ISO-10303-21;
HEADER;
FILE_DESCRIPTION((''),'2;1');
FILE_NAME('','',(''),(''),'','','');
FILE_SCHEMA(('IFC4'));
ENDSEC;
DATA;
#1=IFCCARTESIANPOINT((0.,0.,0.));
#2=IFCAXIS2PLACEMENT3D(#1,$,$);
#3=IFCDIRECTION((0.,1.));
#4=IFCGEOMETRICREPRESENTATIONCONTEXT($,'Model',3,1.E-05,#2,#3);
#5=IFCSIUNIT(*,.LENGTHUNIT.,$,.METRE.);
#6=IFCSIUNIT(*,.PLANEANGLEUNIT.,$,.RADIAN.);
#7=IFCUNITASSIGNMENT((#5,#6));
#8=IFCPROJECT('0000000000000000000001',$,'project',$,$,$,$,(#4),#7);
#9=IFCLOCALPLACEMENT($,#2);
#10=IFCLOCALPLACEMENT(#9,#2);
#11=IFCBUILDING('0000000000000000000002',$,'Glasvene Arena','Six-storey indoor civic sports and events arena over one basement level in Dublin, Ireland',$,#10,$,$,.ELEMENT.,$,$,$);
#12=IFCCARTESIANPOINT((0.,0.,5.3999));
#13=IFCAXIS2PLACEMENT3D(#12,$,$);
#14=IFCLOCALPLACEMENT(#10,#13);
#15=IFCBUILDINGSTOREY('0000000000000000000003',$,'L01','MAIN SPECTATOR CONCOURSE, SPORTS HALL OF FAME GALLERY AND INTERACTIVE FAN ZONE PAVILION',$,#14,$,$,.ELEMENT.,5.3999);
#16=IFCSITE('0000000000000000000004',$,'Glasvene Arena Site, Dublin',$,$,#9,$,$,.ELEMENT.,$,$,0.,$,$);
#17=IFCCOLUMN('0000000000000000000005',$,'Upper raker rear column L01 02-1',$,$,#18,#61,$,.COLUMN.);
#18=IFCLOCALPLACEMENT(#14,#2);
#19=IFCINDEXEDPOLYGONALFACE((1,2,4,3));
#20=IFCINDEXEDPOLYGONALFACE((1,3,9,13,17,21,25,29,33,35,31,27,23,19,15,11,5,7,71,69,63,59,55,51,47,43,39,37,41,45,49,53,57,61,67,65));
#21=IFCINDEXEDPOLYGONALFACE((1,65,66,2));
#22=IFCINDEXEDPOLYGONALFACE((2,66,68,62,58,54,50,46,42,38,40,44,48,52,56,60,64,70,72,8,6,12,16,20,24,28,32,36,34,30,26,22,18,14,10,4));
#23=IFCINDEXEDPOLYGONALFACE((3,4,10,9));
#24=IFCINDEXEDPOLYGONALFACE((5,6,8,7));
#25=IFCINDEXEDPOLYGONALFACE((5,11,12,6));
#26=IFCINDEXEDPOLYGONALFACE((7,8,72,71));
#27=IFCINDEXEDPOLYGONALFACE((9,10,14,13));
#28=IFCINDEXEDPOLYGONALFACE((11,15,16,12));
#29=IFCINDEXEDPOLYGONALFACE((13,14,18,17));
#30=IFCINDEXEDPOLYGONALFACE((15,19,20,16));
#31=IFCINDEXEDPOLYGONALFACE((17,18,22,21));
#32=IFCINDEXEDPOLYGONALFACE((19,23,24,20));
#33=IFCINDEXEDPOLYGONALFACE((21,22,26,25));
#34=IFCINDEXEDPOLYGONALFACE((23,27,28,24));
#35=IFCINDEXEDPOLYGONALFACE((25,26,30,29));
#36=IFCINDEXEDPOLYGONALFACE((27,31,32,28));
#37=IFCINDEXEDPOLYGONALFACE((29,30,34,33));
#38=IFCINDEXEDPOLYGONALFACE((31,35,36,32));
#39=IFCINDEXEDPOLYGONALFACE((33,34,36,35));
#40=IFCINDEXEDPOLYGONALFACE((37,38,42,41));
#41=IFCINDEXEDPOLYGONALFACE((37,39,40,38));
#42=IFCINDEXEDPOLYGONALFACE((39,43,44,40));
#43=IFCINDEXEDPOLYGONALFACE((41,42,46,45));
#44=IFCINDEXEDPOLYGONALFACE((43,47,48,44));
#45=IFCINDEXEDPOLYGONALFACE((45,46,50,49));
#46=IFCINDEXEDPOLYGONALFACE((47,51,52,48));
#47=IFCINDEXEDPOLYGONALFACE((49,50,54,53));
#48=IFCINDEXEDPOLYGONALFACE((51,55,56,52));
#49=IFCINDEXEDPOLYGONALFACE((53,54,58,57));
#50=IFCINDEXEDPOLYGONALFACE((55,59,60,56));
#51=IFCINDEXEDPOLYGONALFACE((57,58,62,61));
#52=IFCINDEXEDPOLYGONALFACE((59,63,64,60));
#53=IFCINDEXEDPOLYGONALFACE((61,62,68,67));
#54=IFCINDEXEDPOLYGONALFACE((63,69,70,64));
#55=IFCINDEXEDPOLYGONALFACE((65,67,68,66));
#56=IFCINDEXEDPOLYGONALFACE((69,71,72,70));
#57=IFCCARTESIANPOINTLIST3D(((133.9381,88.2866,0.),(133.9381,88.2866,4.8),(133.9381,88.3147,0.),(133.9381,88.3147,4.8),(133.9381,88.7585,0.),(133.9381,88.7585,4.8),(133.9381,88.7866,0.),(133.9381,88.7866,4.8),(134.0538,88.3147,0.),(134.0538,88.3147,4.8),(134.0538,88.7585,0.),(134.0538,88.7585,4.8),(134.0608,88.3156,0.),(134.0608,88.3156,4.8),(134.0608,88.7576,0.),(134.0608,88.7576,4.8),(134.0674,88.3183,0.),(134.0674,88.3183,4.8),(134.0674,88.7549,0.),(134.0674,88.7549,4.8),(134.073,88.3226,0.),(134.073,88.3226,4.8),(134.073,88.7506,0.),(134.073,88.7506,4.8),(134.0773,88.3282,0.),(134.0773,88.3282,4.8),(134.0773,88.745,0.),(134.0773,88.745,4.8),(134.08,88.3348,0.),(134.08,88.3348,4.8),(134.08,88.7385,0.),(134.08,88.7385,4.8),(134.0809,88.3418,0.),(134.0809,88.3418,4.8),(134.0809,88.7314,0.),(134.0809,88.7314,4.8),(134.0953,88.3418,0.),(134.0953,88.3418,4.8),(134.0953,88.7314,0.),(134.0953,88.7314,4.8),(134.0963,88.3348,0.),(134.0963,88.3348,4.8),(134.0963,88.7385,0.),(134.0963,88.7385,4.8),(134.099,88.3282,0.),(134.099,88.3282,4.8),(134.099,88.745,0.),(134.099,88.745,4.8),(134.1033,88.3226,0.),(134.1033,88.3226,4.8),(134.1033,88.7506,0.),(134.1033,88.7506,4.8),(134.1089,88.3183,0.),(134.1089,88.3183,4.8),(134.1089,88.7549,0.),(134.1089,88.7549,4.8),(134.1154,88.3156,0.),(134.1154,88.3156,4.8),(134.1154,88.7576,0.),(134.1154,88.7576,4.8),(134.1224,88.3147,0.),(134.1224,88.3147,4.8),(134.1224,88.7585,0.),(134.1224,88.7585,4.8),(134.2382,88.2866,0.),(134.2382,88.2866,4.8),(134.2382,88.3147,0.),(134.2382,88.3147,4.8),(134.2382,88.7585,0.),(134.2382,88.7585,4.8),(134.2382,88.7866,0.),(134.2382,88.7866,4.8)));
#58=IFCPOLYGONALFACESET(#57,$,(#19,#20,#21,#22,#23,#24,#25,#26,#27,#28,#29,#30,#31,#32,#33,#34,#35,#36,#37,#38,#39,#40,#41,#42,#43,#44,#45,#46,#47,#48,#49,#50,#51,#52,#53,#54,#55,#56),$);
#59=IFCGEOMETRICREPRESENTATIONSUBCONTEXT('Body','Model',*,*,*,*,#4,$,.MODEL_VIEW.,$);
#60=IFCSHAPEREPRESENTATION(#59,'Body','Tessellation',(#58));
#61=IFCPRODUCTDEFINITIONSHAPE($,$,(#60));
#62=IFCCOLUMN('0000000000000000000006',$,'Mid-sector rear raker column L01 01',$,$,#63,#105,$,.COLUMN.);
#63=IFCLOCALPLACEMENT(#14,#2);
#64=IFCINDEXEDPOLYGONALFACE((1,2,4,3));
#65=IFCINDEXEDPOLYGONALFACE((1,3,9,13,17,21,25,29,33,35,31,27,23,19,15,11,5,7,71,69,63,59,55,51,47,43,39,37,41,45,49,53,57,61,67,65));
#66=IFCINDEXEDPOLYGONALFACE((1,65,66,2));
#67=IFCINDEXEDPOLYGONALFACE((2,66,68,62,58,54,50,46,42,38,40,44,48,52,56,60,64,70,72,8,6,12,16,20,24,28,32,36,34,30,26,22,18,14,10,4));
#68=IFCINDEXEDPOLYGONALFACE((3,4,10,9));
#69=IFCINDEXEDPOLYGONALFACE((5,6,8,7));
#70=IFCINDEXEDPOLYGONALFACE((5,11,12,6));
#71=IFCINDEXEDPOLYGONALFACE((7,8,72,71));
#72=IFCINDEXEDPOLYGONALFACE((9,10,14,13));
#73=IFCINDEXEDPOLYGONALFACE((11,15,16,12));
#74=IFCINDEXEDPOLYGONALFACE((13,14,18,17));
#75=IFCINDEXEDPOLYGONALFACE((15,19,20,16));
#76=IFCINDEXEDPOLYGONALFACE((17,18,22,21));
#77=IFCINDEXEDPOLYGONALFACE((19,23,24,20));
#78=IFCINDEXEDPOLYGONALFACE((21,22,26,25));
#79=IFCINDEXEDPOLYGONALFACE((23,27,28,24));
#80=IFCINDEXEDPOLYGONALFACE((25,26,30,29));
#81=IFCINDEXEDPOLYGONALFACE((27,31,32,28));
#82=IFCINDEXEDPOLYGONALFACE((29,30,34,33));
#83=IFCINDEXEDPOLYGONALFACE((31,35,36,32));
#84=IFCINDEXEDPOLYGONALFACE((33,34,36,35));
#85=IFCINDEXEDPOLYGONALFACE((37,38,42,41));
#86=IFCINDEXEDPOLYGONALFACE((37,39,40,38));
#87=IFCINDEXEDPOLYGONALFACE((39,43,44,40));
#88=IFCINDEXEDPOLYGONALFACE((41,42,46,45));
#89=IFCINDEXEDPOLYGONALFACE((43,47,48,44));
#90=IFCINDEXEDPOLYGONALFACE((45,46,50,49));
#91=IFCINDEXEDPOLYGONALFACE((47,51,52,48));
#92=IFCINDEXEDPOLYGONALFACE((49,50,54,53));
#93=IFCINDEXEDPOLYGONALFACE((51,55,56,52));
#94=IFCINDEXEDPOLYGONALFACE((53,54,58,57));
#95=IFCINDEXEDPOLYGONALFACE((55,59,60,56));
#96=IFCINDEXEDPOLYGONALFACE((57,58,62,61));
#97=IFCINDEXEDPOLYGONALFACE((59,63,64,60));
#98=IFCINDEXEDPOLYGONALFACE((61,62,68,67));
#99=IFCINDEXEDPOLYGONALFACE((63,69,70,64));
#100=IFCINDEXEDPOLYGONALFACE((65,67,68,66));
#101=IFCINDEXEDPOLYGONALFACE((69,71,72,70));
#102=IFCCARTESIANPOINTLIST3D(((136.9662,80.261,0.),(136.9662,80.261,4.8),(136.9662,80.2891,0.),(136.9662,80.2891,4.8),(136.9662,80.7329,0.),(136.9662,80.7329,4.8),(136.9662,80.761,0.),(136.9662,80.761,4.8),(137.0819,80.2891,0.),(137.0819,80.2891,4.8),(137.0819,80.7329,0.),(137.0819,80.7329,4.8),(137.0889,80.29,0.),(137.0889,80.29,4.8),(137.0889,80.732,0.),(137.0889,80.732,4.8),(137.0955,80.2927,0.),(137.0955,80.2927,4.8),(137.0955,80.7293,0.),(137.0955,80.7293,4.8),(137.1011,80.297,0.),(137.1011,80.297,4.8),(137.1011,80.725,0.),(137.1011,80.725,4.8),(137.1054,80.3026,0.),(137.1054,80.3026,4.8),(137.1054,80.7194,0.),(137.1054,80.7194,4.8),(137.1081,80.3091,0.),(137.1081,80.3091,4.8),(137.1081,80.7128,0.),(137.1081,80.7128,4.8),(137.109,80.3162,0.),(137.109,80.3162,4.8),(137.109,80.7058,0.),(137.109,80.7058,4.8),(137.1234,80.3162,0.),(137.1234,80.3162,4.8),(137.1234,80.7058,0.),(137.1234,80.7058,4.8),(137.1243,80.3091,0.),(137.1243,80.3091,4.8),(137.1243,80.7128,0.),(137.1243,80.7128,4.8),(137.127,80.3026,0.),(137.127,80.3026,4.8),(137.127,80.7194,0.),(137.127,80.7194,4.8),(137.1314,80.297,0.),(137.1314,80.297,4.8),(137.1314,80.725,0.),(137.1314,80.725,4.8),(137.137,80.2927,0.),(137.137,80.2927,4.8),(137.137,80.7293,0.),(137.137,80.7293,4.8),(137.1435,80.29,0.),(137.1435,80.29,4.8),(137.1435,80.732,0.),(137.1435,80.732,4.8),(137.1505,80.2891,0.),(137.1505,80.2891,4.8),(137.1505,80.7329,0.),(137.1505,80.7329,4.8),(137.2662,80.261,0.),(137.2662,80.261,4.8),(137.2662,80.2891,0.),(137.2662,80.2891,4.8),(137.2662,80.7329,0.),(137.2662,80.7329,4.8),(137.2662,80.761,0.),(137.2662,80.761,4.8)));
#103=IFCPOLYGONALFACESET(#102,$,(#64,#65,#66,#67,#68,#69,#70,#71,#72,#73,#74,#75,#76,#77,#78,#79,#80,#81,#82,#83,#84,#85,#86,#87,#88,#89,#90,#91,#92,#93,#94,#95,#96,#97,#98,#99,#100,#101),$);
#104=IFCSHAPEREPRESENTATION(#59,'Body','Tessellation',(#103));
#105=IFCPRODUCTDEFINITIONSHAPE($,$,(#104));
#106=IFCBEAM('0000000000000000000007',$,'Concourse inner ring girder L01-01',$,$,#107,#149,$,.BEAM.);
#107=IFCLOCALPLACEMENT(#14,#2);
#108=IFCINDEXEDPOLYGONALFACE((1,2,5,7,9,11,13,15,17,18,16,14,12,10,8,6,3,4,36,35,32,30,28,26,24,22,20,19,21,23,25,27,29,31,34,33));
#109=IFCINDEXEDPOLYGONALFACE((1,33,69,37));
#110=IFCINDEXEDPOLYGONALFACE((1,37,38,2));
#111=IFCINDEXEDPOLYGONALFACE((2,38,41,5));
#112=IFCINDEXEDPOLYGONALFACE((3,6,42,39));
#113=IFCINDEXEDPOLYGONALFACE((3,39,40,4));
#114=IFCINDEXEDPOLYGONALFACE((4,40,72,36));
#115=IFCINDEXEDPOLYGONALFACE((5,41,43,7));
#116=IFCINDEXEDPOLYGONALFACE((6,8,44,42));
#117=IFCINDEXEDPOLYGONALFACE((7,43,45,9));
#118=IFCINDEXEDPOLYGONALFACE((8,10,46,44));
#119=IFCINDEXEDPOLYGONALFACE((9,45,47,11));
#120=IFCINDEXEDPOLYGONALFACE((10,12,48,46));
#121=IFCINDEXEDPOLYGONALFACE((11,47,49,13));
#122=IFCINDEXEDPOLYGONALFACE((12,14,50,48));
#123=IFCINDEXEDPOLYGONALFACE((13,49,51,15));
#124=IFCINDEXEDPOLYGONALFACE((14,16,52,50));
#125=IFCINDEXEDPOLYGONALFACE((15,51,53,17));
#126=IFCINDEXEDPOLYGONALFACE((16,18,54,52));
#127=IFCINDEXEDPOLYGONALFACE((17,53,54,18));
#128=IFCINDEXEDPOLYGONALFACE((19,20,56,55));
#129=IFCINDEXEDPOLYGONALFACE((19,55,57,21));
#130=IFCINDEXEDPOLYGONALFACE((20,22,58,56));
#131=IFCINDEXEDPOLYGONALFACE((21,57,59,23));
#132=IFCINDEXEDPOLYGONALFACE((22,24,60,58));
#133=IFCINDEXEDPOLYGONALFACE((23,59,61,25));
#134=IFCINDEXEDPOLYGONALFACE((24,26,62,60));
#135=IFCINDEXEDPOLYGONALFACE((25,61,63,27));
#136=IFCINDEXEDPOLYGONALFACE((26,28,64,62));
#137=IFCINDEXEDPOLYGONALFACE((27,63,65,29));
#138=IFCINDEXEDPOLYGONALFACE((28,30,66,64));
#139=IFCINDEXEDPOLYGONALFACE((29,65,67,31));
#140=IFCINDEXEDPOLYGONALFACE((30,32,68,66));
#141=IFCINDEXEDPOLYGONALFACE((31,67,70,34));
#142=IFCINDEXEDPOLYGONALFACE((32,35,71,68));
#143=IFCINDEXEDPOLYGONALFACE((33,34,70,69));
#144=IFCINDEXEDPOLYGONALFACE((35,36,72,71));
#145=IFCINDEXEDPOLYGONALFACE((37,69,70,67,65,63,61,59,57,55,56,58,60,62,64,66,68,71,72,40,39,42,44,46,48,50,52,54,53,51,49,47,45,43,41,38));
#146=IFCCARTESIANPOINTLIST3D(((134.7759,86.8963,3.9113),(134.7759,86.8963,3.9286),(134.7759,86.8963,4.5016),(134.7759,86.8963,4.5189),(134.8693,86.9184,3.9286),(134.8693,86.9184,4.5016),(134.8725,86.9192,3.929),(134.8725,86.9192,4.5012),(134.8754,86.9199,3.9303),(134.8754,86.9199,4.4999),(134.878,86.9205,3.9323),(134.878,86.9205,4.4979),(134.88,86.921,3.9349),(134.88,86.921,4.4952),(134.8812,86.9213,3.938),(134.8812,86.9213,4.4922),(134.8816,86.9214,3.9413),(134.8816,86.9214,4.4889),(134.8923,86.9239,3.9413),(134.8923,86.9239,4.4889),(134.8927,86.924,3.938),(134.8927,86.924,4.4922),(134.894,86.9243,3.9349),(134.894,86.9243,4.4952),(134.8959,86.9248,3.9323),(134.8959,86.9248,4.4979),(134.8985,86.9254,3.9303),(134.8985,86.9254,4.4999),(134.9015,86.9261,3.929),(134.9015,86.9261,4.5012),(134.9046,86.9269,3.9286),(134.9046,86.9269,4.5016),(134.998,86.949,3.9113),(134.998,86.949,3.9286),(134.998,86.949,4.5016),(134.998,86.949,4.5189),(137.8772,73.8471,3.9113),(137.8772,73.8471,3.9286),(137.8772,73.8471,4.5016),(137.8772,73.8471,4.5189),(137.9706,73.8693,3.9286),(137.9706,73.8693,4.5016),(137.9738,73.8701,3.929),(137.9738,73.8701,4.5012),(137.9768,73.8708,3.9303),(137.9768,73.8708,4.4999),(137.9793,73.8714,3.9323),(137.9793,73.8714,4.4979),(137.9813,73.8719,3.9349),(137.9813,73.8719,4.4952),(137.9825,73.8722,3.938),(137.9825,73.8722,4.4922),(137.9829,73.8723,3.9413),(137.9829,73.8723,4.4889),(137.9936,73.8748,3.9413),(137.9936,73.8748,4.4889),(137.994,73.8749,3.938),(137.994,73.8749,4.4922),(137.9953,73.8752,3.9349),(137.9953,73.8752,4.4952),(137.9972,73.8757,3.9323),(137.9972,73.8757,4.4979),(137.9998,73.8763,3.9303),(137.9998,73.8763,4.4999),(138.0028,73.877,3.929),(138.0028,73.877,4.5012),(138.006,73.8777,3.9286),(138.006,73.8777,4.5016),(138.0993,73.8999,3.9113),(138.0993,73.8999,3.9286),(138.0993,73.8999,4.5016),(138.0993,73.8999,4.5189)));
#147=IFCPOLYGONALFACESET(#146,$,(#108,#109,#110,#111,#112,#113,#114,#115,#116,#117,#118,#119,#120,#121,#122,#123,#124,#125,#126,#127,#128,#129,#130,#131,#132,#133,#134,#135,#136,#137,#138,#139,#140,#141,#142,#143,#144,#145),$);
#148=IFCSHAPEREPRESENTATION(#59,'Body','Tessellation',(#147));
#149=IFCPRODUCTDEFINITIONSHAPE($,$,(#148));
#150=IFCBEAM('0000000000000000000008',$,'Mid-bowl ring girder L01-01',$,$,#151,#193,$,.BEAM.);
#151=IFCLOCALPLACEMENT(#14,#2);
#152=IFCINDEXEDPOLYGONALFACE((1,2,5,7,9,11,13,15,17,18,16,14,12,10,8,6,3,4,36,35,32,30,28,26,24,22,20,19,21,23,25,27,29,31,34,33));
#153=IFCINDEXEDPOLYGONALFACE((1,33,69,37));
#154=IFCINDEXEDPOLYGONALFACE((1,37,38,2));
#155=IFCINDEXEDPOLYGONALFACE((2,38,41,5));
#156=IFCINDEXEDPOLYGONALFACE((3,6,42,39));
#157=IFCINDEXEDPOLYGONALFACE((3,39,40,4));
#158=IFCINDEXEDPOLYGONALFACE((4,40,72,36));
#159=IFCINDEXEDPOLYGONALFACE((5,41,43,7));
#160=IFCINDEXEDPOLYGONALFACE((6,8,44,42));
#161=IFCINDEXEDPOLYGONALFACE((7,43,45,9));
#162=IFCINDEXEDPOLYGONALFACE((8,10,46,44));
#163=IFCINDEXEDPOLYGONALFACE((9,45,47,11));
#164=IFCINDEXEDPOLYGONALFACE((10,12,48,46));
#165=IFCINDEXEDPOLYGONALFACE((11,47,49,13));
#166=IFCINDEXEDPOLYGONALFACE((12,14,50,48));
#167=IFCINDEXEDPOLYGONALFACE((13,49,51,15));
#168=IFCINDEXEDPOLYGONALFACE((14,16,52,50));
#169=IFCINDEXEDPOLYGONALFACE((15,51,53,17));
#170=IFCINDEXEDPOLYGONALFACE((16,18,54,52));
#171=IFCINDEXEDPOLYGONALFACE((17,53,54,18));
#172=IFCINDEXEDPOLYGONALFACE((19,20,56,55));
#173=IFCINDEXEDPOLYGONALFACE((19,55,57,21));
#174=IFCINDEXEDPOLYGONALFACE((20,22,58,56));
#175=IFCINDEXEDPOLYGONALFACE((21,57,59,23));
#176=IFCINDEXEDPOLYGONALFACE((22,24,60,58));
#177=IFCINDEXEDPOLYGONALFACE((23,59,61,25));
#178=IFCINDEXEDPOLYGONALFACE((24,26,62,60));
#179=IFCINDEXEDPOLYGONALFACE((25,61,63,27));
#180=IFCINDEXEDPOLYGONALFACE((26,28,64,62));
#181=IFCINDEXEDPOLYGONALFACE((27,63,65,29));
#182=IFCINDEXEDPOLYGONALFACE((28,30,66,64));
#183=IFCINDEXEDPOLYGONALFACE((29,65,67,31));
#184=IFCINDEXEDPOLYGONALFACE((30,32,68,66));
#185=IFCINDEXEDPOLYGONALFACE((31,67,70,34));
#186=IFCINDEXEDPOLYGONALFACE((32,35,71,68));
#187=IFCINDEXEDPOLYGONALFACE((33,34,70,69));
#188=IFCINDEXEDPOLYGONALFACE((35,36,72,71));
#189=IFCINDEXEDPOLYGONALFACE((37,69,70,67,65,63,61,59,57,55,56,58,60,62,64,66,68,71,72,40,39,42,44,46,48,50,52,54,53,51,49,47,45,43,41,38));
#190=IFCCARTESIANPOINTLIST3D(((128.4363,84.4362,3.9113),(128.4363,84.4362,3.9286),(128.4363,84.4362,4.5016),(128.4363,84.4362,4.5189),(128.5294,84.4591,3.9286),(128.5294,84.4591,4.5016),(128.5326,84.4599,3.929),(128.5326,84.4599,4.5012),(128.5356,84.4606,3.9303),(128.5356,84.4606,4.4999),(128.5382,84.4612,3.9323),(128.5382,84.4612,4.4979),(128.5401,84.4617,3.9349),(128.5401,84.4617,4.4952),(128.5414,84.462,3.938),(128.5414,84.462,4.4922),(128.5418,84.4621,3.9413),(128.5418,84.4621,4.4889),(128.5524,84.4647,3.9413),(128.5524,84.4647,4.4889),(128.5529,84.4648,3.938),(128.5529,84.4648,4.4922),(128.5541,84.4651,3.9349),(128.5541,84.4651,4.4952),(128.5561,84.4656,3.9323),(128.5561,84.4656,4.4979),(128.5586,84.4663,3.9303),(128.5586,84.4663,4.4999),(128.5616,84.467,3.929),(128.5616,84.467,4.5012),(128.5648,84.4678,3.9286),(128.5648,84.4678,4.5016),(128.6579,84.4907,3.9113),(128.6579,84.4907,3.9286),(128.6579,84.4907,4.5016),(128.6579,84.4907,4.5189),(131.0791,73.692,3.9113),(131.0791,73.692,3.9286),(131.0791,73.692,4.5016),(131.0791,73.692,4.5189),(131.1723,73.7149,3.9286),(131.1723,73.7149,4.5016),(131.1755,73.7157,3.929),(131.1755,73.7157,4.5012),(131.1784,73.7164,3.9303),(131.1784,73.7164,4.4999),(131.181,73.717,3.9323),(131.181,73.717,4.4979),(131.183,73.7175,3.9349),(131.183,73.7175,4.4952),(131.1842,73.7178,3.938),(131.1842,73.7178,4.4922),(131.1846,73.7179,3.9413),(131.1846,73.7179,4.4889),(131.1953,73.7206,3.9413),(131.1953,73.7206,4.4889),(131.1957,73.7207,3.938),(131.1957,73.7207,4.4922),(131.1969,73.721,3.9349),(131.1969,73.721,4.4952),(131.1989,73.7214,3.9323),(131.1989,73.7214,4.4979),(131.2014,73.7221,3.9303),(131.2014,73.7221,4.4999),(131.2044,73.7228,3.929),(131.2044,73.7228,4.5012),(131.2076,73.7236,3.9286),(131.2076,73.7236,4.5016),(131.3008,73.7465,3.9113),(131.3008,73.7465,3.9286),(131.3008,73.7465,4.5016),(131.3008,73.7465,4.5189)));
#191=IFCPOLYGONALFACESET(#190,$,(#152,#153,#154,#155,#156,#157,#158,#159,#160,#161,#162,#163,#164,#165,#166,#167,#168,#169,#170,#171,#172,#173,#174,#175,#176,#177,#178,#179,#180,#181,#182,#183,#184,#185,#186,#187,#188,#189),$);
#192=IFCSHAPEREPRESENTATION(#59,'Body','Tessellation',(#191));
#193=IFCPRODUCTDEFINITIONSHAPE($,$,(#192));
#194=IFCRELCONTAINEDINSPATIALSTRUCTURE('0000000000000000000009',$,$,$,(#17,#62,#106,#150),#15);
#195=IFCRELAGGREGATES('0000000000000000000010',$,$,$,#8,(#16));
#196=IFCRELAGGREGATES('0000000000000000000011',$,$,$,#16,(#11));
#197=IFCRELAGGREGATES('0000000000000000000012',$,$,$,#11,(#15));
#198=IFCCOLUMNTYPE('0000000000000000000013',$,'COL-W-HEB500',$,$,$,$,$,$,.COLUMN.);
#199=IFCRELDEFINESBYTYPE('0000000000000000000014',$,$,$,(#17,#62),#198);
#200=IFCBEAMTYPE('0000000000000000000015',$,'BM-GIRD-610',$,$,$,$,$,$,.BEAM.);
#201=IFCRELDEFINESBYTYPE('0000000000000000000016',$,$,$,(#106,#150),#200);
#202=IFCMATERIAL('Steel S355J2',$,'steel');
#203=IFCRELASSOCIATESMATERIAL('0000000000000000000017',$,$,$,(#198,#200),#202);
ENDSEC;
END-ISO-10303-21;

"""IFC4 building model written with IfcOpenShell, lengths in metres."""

from ifc_helpers import new_model, si_unit, direction, frame, origin, origin_2d, place, context, subcontext, project, spatial, i_section, extrude, material, material_profile, profile_set, type_object, element, save


model = new_model("IFC4")

# Units and contexts
model_context = context("Model", 3, precision=1e-05, world=origin(), true_north=direction((0.0, 1.0)))
body_context = subcontext(model_context, "Body", "Model", "MODEL_VIEW")
ifc_project = project(units=[si_unit("LENGTHUNIT", "METRE"), si_unit("PLANEANGLEUNIT", "RADIAN")], contexts=[model_context])

# Site, building, storey
site_placement = place(None, origin())
site = spatial("IfcSite", under=ifc_project, at=site_placement, Name="Glasvene Arena Site, Dublin", CompositionType="ELEMENT", RefElevation=0.0)
building_placement = place(site_placement, origin())
building = spatial("IfcBuilding", under=site, at=building_placement, Name="Glasvene Arena", Description="Six-storey indoor civic sports and events arena over one basement level in Dublin, Ireland", CompositionType="ELEMENT")
storey_placement = place(building_placement, frame((0.0, 0.0, 5.3999)))
storey = spatial("IfcBuildingStorey", under=building, at=storey_placement, Name="L01", Description="MAIN SPECTATOR CONCOURSE, SPORTS HALL OF FAME GALLERY AND INTERACTIVE FAN ZONE PAVILION", CompositionType="ELEMENT", Elevation=5.3999)

# Columns
ifc_material_1 = material(Name="Steel S355J2", Category="steel")
ifc_material_profile_1 = material_profile(ifc_material_1, i_section(OverallWidth=0.3, OverallDepth=0.5, WebThickness=0.0144, FlangeThickness=0.0281, FilletRadius=0.0271, at=origin_2d()), Name="HEB 500")
ifc_profile_set_1 = profile_set([ifc_material_profile_1], Name="Steel S355J2")
column_type_1 = type_object("IfcColumnType", Name="COL-W-HEB500", PredefinedType="COLUMN", material=ifc_profile_set_1)
for number, where, z_axis, x_axis, name in (
    (1, (134.0881, 88.5366, 0.0), (0.0, 0.0, 1.0), (1.0, 0.0, 0.0), "Upper raker rear column L01 02-1"),
    (2, (137.1162, 80.511, 0.0), (0.0, 0.0, 1.0), (1.0, 0.0, 0.0), "Mid-sector rear raker column L01 01"),
):
    element("IfcColumn", number, at=place(storey_placement, frame(where, z_axis=z_axis, x_axis=x_axis)), inside=storey, type_object=column_type_1, Name=name, PredefinedType="COLUMN", context=body_context, shape_type="SweptSolid", body=[
        extrude(i_section(OverallWidth=0.3, OverallDepth=0.5, WebThickness=0.0144, FlangeThickness=0.0281, FilletRadius=0.0271, at=origin_2d()), origin(), (0.0, 0.0, 1.0), 4.8),
    ])

# Beams
ifc_material_profile_2 = material_profile(ifc_material_1, i_section(OverallWidth=0.2283, OverallDepth=0.6077, WebThickness=0.011, FlangeThickness=0.0173, FilletRadius=0.0127, at=origin_2d()), Name="UKB 610x229x113")
ifc_profile_set_2 = profile_set([ifc_material_profile_2], Name="Steel S355J2")
beam_type_1 = type_object("IfcBeamType", Name="BM-GIRD-610", PredefinedType="BEAM", material=ifc_profile_set_2)
beam_1_placement = place(storey_placement, frame((137.9883, 73.8735, 4.2151), z_axis=(-0.231225, 0.9729, 0.0), x_axis=(-0.9729, -0.231225, 0.0)))
element("IfcBeam", 3, at=beam_1_placement, inside=storey, type_object=beam_type_1, Name="Concourse inner ring girder L01-01", PredefinedType="BEAM", context=body_context, shape_type="SweptSolid", body=[
    extrude(i_section(OverallWidth=0.2283, OverallDepth=0.6077, WebThickness=0.011, FlangeThickness=0.0173, FilletRadius=0.0127, at=origin_2d()), origin(), (0.0, 0.0, 1.0), 13.4126),
])
beam_2_placement = place(storey_placement, frame((131.1899, 73.7192, 4.2151), z_axis=(-0.238858, 0.971054, 0.0), x_axis=(-0.971054, -0.238858, 0.0)))
element("IfcBeam", 4, at=beam_2_placement, inside=storey, type_object=beam_type_1, Name="Mid-bowl ring girder L01-01", PredefinedType="BEAM", context=body_context, shape_type="SweptSolid", body=[
    extrude(i_section(OverallWidth=0.2283, OverallDepth=0.6077, WebThickness=0.011, FlangeThickness=0.0173, FilletRadius=0.0127, at=origin_2d()), origin(), (0.0, 0.0, 1.0), 11.0645),
])

save(model, "model.ifc")
